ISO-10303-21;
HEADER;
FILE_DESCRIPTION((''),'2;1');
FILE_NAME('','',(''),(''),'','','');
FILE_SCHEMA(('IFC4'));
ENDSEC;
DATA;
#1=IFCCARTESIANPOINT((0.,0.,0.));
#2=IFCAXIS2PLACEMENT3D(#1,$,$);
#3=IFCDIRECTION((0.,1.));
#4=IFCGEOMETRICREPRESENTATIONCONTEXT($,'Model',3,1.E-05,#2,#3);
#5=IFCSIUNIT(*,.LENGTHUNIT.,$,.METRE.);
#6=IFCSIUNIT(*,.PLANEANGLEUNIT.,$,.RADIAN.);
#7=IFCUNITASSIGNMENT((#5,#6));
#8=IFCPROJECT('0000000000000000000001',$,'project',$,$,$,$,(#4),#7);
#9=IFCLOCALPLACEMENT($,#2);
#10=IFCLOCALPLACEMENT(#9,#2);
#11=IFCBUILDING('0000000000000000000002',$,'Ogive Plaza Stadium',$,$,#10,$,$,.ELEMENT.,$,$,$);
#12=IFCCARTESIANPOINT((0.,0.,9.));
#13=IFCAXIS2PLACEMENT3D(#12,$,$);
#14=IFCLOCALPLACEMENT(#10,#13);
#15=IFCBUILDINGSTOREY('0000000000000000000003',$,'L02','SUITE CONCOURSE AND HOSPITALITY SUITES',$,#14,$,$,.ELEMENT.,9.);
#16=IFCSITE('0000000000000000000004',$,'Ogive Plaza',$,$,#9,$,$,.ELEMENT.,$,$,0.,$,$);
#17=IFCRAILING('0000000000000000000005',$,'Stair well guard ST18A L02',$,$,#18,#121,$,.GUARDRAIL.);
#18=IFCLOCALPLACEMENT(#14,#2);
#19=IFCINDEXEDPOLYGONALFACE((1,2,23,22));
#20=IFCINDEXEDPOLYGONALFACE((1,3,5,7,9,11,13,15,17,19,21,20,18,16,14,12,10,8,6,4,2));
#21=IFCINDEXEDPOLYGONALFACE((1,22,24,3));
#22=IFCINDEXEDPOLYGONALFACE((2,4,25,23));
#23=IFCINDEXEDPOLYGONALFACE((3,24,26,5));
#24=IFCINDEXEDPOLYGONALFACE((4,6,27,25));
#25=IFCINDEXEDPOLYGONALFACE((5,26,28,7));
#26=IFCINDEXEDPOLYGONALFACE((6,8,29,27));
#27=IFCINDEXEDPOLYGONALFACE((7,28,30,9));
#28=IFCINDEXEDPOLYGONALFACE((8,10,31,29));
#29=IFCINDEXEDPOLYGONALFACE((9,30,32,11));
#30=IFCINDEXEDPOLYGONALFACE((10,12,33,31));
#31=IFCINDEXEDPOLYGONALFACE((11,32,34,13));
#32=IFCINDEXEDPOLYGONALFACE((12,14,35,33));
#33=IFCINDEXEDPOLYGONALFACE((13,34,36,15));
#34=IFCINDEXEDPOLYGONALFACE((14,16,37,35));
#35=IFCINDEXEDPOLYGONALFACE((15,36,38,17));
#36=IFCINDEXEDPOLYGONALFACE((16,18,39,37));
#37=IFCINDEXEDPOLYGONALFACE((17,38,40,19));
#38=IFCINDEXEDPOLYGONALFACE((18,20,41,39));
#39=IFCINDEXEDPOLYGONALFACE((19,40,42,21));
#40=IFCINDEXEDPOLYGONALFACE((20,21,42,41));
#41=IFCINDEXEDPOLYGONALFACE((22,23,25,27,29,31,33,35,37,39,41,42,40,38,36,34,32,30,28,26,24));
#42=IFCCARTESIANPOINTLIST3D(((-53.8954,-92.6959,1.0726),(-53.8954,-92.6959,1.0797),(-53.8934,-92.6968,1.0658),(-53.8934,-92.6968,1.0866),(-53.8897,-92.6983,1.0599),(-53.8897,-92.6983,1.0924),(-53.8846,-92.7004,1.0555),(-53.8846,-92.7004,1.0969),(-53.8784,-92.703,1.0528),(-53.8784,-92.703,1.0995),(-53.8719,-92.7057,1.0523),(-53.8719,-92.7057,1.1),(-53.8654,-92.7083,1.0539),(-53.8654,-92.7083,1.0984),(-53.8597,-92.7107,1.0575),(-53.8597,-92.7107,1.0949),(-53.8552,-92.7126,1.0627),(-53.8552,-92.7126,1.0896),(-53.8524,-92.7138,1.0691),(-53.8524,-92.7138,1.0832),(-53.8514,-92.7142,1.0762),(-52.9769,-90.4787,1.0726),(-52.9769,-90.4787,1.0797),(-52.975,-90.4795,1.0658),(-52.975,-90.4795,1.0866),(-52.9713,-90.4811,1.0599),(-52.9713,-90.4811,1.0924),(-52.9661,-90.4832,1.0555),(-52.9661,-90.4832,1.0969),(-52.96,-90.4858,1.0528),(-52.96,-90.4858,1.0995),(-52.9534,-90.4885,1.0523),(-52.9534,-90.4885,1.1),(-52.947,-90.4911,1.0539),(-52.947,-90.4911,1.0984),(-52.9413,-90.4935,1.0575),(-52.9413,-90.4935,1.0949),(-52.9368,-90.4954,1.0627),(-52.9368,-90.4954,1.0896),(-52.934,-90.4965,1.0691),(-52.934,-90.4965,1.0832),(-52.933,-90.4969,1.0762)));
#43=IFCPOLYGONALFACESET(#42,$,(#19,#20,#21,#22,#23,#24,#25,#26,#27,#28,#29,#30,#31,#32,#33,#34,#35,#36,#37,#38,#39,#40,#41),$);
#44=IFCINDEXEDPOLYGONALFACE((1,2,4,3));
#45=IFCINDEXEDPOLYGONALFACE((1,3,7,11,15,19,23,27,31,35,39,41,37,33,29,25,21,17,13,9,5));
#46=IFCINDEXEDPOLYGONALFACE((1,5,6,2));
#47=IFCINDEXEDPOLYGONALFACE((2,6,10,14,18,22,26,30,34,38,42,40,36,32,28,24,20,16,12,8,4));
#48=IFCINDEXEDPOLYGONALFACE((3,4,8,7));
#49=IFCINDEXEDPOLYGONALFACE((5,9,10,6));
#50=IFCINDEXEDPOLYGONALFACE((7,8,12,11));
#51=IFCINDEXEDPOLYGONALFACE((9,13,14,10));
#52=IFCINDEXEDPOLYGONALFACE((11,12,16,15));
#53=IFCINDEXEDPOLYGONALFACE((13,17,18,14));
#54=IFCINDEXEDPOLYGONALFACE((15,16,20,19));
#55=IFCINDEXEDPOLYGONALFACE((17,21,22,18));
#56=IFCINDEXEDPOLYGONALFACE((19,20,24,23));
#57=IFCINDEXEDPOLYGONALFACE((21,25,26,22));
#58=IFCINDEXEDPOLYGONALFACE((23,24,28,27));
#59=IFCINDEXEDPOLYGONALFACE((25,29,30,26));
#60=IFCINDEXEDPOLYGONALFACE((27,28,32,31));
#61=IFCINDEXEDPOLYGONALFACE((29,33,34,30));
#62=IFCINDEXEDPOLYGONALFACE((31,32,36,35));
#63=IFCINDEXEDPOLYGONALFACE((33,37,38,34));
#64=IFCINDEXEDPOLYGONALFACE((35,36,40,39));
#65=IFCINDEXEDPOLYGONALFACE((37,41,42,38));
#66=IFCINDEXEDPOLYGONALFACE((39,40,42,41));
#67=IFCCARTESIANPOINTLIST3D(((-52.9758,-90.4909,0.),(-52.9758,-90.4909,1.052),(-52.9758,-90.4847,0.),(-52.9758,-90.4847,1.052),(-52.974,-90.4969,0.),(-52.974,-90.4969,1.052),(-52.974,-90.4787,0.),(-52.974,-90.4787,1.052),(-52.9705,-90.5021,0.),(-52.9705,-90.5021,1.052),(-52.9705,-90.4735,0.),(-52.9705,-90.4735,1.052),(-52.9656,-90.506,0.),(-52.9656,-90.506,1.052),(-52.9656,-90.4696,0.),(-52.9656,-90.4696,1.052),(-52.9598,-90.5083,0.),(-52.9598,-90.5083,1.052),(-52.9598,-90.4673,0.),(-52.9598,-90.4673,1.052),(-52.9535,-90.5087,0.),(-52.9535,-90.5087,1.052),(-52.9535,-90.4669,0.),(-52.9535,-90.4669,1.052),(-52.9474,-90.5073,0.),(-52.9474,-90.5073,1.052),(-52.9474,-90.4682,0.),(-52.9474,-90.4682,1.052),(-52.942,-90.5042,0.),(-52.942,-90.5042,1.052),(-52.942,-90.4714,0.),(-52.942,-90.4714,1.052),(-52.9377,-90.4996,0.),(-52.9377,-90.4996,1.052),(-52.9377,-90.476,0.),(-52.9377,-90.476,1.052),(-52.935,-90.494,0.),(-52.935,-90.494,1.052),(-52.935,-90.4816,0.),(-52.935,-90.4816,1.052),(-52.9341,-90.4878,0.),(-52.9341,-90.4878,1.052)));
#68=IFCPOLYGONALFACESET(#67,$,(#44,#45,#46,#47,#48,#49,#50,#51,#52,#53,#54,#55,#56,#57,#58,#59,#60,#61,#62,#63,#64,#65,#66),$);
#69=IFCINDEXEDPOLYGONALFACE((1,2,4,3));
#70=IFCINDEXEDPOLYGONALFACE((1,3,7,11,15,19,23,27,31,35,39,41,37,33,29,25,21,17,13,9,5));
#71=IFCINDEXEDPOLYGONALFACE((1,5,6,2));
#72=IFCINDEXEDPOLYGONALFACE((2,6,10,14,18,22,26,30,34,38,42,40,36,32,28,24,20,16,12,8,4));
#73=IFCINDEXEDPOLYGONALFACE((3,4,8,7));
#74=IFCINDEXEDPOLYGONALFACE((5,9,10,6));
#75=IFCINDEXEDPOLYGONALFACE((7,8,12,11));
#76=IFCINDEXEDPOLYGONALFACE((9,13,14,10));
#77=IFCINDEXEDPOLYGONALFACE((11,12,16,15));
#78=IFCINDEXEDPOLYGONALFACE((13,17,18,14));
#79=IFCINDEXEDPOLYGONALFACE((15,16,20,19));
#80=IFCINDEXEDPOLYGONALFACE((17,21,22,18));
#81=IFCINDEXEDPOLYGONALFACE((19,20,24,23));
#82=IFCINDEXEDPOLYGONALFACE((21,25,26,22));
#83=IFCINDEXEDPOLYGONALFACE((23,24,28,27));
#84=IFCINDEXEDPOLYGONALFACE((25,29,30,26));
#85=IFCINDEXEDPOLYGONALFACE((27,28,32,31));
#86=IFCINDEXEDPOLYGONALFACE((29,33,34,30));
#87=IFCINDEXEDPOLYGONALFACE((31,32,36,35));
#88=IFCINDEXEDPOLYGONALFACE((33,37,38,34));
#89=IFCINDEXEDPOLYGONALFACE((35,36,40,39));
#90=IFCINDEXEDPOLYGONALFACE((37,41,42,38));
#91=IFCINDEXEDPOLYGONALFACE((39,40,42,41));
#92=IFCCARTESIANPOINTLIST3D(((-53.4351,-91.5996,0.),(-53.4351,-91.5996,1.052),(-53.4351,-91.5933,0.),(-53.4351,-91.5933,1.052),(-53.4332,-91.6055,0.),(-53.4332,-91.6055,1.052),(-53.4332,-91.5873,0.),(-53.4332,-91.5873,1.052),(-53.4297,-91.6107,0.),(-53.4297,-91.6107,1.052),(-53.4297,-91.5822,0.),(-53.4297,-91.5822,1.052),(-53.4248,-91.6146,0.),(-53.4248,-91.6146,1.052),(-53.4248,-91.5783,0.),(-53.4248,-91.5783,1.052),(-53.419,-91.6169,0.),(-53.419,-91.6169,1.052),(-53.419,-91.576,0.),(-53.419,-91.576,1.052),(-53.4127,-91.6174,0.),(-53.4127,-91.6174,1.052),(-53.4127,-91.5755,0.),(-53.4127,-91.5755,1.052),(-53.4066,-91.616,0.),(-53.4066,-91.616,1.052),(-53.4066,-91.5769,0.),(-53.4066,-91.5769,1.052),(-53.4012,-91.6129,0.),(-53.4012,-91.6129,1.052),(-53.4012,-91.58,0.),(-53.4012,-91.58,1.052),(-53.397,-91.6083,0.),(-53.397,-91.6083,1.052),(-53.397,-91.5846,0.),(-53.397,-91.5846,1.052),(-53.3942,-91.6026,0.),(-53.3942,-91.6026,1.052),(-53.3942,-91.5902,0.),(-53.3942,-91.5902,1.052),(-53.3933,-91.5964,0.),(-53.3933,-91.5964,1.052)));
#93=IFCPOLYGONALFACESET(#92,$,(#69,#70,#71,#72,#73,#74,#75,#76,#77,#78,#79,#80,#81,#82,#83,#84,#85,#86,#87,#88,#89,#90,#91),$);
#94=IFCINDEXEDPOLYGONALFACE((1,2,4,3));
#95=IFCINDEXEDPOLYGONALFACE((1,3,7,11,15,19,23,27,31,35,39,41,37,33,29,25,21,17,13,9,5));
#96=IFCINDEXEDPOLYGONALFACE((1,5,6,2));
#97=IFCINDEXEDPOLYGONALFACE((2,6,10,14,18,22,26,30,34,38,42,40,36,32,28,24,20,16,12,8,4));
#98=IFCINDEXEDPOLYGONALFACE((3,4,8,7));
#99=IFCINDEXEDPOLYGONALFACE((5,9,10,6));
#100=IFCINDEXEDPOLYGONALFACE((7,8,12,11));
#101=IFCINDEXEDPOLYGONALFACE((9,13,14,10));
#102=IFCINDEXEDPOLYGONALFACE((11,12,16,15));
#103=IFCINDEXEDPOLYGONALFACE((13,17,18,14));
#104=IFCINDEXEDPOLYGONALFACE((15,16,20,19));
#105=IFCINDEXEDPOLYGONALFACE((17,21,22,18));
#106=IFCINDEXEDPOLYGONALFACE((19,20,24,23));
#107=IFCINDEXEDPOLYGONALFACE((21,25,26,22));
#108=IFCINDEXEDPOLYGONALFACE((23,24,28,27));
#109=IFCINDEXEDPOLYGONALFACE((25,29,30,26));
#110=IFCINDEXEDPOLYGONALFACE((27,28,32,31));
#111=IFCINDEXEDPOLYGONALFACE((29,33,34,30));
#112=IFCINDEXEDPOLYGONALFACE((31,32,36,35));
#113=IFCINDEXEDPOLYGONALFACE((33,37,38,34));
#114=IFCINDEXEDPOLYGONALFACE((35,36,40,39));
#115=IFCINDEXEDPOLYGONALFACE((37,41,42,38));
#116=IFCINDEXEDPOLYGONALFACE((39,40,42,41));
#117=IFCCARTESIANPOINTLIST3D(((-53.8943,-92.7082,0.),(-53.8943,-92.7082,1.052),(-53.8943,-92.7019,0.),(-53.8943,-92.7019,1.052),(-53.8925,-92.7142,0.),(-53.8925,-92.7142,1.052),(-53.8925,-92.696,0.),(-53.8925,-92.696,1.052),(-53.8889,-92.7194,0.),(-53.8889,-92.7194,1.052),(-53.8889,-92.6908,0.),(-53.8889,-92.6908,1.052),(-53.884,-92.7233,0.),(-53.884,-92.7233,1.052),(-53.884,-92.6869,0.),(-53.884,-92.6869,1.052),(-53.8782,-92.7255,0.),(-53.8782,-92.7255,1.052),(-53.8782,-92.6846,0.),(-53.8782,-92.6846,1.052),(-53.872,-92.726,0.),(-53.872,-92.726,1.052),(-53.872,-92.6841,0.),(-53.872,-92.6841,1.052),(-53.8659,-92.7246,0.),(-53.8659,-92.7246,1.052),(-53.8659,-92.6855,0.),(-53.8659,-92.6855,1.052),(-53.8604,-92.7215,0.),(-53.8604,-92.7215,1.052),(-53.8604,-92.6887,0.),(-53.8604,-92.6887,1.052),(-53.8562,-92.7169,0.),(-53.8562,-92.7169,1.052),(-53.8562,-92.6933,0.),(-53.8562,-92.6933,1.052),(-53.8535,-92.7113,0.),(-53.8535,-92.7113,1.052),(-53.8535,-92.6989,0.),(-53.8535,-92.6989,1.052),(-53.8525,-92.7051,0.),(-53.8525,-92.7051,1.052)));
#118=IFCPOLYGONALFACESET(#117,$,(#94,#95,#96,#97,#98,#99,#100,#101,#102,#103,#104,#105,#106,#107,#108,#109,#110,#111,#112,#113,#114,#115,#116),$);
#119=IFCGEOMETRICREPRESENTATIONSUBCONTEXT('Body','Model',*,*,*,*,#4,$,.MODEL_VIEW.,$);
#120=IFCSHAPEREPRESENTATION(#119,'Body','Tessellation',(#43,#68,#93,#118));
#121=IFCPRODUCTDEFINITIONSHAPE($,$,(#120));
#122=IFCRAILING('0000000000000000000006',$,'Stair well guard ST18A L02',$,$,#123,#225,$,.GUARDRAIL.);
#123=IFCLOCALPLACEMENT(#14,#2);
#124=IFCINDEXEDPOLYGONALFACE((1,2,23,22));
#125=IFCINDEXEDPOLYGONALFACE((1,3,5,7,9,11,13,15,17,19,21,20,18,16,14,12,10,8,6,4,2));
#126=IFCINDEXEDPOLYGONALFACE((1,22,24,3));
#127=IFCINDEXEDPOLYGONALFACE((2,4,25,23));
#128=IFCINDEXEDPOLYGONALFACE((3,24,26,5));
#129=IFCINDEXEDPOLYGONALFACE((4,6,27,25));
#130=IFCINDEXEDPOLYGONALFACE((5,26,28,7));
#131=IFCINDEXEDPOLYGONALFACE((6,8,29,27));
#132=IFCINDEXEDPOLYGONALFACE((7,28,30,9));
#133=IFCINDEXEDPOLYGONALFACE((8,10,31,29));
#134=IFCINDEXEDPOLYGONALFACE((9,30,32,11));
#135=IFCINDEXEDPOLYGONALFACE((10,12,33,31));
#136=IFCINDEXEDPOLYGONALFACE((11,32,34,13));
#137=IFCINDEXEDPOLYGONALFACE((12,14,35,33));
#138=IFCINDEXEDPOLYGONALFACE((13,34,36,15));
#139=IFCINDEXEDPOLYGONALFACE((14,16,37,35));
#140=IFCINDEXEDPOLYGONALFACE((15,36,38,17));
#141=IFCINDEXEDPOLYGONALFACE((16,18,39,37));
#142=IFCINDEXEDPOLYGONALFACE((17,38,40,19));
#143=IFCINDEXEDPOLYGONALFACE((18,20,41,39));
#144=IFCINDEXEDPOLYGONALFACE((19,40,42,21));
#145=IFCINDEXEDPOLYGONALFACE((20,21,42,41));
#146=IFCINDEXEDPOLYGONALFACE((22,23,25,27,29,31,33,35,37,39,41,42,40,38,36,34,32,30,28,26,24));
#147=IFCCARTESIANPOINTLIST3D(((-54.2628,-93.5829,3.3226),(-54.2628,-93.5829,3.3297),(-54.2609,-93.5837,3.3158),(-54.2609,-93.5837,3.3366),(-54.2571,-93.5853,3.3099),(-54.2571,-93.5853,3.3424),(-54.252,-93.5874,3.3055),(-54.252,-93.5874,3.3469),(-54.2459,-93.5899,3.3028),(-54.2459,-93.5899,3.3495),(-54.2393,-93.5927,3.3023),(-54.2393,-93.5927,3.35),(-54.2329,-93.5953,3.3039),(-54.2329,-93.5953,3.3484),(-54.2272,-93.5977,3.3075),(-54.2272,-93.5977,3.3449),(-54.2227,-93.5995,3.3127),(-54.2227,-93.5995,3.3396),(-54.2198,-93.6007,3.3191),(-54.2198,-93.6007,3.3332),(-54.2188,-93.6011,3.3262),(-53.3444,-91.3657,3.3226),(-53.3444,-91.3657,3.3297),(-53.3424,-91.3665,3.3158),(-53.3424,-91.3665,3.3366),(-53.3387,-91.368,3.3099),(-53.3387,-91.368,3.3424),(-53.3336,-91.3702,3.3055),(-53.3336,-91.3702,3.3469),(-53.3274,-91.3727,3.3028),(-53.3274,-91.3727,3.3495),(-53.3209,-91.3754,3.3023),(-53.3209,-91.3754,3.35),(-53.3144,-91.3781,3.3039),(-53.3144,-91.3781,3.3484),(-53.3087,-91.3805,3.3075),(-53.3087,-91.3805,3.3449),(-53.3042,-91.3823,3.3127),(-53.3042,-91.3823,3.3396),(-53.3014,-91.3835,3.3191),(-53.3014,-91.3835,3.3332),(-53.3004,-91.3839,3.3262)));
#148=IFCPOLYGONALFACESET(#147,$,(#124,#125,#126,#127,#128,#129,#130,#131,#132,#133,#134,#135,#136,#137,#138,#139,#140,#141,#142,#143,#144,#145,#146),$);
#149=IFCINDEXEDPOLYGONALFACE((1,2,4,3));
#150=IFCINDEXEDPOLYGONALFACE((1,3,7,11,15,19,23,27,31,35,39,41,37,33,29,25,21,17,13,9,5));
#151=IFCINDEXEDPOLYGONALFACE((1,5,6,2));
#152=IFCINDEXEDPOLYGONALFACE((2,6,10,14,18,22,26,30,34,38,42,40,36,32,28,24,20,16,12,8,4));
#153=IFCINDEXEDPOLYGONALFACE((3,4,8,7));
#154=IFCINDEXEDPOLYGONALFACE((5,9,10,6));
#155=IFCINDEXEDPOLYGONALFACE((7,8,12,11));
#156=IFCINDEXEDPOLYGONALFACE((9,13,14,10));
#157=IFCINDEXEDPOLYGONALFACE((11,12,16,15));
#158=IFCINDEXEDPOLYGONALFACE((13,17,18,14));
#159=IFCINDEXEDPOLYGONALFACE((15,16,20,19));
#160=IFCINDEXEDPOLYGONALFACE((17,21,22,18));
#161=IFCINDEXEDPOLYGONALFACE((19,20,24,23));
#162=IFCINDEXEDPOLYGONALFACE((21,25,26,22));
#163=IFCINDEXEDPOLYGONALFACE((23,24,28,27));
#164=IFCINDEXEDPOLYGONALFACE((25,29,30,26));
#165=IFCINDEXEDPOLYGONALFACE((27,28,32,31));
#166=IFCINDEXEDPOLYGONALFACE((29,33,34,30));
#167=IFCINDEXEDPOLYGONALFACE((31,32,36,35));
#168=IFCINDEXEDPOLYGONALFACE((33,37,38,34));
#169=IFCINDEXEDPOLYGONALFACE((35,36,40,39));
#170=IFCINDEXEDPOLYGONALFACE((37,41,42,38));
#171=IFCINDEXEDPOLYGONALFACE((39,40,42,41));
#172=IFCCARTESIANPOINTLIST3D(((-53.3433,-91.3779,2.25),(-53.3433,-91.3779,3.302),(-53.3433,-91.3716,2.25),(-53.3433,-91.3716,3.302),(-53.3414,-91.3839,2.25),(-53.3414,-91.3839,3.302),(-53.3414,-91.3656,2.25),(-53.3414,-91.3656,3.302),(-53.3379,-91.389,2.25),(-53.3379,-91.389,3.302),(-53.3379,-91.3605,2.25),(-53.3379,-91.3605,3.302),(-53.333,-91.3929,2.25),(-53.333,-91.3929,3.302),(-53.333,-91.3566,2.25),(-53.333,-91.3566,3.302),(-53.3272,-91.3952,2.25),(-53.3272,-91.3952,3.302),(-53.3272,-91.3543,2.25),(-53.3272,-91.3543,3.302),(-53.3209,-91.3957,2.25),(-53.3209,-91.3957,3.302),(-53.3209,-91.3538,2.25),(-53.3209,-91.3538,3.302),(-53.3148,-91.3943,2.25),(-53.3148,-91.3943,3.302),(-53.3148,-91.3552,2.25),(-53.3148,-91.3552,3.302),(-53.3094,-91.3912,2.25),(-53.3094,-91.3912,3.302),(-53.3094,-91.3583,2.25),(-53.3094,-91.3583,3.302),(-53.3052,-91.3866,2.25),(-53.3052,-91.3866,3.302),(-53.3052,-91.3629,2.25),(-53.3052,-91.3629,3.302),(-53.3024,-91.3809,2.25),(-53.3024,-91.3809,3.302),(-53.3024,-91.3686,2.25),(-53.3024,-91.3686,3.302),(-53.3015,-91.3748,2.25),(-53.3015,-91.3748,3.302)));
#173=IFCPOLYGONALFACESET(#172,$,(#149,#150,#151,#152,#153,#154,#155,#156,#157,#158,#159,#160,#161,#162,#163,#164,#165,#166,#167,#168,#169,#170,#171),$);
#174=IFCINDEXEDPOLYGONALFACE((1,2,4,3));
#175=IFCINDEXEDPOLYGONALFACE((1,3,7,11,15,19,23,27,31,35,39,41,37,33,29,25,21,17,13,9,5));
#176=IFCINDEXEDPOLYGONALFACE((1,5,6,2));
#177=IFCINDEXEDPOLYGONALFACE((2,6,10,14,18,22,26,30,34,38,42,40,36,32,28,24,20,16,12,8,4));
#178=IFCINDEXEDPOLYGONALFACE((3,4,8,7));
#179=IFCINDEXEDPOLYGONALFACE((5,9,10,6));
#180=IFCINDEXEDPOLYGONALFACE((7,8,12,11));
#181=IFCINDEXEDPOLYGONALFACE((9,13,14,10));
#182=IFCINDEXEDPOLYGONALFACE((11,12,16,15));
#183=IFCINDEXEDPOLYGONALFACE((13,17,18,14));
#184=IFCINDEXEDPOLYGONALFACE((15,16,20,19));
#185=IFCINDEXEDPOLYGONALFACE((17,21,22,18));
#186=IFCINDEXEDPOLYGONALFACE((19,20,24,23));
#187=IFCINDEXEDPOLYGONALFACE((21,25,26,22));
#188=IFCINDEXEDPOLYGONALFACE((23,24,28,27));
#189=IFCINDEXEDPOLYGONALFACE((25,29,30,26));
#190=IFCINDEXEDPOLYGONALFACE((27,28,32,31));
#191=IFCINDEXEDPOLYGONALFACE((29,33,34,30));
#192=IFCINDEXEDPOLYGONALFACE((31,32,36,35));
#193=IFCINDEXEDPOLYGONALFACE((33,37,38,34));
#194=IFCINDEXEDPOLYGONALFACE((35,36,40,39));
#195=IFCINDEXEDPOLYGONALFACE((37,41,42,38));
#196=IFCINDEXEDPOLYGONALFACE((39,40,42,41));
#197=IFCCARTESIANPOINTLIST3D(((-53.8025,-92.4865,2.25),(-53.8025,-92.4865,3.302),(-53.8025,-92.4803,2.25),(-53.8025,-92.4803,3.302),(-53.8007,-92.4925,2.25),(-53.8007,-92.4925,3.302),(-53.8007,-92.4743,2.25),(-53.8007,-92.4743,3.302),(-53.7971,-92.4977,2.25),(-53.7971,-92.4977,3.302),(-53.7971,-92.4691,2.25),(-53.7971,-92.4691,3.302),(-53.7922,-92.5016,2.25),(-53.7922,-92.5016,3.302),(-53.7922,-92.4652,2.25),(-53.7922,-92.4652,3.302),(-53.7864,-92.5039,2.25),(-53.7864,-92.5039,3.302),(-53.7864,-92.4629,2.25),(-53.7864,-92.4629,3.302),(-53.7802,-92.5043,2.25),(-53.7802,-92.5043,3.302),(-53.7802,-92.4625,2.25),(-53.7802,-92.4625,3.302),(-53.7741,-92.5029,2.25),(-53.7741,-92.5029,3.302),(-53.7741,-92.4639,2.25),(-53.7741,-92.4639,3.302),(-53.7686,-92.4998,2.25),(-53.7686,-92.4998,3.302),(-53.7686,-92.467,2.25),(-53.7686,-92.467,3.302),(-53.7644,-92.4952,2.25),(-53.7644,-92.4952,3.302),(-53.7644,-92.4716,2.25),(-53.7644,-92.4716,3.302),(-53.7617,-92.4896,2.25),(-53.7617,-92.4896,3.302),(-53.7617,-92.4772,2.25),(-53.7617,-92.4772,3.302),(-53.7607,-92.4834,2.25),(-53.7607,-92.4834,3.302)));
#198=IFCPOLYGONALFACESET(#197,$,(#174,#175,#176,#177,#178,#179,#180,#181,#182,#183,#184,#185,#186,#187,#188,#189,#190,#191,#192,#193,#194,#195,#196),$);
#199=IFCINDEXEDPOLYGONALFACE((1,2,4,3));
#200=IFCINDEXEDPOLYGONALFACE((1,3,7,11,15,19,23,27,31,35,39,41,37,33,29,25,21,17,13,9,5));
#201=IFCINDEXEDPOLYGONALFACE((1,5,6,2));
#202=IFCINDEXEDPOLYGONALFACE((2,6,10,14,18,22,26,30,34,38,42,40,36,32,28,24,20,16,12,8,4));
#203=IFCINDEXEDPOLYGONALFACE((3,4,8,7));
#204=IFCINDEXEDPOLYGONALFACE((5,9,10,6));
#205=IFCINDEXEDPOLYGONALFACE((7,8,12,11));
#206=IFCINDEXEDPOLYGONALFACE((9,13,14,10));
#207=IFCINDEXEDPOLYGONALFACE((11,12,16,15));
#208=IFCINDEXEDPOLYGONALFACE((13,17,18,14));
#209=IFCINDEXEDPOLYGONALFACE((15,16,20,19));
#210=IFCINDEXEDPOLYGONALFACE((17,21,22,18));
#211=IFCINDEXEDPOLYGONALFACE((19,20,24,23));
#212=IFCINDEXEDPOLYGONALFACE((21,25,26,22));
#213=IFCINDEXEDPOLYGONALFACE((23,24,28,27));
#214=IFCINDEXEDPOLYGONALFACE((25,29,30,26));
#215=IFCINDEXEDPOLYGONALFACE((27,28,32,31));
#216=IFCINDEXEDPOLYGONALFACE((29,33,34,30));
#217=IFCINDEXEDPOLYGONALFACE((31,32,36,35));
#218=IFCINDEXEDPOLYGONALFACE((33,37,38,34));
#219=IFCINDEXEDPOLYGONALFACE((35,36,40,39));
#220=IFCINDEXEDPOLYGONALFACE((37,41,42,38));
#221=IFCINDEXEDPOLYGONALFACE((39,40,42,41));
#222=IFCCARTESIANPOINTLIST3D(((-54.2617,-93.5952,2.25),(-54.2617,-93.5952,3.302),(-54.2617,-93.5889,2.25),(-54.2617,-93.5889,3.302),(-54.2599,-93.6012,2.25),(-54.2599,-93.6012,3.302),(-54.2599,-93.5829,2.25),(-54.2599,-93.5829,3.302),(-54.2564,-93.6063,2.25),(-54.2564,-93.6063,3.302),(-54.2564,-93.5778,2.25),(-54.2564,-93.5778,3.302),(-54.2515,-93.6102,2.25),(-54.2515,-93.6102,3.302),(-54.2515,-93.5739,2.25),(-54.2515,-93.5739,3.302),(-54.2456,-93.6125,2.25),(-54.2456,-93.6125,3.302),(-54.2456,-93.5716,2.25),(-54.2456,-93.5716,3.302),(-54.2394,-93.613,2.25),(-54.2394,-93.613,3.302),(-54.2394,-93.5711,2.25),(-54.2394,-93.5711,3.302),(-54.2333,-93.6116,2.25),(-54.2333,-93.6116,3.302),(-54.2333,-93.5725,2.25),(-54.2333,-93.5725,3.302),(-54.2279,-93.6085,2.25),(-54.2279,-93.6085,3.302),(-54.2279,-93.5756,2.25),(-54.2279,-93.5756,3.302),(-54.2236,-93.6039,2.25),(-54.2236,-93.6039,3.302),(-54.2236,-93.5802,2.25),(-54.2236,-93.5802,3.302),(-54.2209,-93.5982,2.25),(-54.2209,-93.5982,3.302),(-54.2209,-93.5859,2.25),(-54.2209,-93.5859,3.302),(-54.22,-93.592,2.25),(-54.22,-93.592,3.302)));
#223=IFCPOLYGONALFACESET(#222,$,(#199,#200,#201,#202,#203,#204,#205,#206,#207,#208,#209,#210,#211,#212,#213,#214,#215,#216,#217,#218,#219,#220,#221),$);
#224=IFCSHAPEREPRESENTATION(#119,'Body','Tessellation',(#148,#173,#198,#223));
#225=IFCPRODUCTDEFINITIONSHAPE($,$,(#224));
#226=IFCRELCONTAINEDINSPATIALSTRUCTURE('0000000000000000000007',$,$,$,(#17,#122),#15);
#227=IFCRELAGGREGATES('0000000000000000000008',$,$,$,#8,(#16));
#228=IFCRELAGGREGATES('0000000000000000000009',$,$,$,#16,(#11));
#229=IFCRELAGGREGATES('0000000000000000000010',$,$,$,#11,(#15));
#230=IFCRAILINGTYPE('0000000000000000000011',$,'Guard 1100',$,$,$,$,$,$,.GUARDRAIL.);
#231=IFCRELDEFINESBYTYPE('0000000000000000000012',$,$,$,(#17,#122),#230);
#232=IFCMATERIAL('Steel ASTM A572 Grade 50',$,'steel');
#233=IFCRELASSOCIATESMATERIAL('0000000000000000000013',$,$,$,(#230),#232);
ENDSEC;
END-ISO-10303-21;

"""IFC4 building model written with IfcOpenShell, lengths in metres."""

from ifc_helpers import new_model, si_unit, direction, frame, origin, origin_2d, place, context, subcontext, project, spatial, circle, extrude, material, type_object, element, save


model = new_model("IFC4")

# Units and contexts
model_context = context("Model", 3, precision=1e-05, world=origin(), true_north=direction((0.0, 1.0)))
body_context = subcontext(model_context, "Body", "Model", "MODEL_VIEW")
ifc_project = project(units=[si_unit("LENGTHUNIT", "METRE"), si_unit("PLANEANGLEUNIT", "RADIAN")], contexts=[model_context])

# Site, building, storey
site_placement = place(None, origin())
site = spatial("IfcSite", under=ifc_project, at=site_placement, Name="Ogive Plaza", CompositionType="ELEMENT", RefElevation=0.0)
building_placement = place(site_placement, origin())
building = spatial("IfcBuilding", under=site, at=building_placement, Name="Ogive Plaza Stadium", CompositionType="ELEMENT")
storey_placement = place(building_placement, frame((0.0, 0.0, 9.0)))
storey = spatial("IfcBuildingStorey", under=building, at=storey_placement, Name="L02", Description="SUITE CONCOURSE AND HOSPITALITY SUITES", CompositionType="ELEMENT", Elevation=9.0)

# Railings
ifc_material_1 = material(Name="Steel ASTM A572 Grade 50", Category="steel")
railing_type_1 = type_object("IfcRailingType", Name="Guard 1100", PredefinedType="GUARDRAIL", material=ifc_material_1)
for number, where, name in (
    (1, (-52.9551, -90.4878, 0.0), "Stair well guard ST18A L02"),
    (2, (-53.3225, -91.3748, 2.25), "Stair well guard ST18A L02"),
):
    element("IfcRailing", number, at=place(storey_placement, frame(where)), inside=storey, type_object=railing_type_1, Name=name, PredefinedType="GUARDRAIL", context=body_context, shape_type="SweptSolid", body=[
        extrude(circle(Radius=0.0239, at=origin_2d()), frame((0.0, 0.0, 1.0762), z_axis=(-0.382693, -0.923875, 0.0), x_axis=(0.923875, -0.382693, 0.0)), (0.0, 0.0, 1.0), 2.3999),
        extrude(circle(Radius=0.021, at=origin_2d()), origin(), (0.0, 0.0, 1.0), 1.052),
        extrude(circle(Radius=0.021, at=origin_2d()), frame((-0.4592, -1.1086, 0.0)), (0.0, 0.0, 1.0), 1.052),
        extrude(circle(Radius=0.021, at=origin_2d()), frame((-0.9185, -2.2173, 0.0)), (0.0, 0.0, 1.0), 1.052),
    ])

save(model, "model.ifc")
